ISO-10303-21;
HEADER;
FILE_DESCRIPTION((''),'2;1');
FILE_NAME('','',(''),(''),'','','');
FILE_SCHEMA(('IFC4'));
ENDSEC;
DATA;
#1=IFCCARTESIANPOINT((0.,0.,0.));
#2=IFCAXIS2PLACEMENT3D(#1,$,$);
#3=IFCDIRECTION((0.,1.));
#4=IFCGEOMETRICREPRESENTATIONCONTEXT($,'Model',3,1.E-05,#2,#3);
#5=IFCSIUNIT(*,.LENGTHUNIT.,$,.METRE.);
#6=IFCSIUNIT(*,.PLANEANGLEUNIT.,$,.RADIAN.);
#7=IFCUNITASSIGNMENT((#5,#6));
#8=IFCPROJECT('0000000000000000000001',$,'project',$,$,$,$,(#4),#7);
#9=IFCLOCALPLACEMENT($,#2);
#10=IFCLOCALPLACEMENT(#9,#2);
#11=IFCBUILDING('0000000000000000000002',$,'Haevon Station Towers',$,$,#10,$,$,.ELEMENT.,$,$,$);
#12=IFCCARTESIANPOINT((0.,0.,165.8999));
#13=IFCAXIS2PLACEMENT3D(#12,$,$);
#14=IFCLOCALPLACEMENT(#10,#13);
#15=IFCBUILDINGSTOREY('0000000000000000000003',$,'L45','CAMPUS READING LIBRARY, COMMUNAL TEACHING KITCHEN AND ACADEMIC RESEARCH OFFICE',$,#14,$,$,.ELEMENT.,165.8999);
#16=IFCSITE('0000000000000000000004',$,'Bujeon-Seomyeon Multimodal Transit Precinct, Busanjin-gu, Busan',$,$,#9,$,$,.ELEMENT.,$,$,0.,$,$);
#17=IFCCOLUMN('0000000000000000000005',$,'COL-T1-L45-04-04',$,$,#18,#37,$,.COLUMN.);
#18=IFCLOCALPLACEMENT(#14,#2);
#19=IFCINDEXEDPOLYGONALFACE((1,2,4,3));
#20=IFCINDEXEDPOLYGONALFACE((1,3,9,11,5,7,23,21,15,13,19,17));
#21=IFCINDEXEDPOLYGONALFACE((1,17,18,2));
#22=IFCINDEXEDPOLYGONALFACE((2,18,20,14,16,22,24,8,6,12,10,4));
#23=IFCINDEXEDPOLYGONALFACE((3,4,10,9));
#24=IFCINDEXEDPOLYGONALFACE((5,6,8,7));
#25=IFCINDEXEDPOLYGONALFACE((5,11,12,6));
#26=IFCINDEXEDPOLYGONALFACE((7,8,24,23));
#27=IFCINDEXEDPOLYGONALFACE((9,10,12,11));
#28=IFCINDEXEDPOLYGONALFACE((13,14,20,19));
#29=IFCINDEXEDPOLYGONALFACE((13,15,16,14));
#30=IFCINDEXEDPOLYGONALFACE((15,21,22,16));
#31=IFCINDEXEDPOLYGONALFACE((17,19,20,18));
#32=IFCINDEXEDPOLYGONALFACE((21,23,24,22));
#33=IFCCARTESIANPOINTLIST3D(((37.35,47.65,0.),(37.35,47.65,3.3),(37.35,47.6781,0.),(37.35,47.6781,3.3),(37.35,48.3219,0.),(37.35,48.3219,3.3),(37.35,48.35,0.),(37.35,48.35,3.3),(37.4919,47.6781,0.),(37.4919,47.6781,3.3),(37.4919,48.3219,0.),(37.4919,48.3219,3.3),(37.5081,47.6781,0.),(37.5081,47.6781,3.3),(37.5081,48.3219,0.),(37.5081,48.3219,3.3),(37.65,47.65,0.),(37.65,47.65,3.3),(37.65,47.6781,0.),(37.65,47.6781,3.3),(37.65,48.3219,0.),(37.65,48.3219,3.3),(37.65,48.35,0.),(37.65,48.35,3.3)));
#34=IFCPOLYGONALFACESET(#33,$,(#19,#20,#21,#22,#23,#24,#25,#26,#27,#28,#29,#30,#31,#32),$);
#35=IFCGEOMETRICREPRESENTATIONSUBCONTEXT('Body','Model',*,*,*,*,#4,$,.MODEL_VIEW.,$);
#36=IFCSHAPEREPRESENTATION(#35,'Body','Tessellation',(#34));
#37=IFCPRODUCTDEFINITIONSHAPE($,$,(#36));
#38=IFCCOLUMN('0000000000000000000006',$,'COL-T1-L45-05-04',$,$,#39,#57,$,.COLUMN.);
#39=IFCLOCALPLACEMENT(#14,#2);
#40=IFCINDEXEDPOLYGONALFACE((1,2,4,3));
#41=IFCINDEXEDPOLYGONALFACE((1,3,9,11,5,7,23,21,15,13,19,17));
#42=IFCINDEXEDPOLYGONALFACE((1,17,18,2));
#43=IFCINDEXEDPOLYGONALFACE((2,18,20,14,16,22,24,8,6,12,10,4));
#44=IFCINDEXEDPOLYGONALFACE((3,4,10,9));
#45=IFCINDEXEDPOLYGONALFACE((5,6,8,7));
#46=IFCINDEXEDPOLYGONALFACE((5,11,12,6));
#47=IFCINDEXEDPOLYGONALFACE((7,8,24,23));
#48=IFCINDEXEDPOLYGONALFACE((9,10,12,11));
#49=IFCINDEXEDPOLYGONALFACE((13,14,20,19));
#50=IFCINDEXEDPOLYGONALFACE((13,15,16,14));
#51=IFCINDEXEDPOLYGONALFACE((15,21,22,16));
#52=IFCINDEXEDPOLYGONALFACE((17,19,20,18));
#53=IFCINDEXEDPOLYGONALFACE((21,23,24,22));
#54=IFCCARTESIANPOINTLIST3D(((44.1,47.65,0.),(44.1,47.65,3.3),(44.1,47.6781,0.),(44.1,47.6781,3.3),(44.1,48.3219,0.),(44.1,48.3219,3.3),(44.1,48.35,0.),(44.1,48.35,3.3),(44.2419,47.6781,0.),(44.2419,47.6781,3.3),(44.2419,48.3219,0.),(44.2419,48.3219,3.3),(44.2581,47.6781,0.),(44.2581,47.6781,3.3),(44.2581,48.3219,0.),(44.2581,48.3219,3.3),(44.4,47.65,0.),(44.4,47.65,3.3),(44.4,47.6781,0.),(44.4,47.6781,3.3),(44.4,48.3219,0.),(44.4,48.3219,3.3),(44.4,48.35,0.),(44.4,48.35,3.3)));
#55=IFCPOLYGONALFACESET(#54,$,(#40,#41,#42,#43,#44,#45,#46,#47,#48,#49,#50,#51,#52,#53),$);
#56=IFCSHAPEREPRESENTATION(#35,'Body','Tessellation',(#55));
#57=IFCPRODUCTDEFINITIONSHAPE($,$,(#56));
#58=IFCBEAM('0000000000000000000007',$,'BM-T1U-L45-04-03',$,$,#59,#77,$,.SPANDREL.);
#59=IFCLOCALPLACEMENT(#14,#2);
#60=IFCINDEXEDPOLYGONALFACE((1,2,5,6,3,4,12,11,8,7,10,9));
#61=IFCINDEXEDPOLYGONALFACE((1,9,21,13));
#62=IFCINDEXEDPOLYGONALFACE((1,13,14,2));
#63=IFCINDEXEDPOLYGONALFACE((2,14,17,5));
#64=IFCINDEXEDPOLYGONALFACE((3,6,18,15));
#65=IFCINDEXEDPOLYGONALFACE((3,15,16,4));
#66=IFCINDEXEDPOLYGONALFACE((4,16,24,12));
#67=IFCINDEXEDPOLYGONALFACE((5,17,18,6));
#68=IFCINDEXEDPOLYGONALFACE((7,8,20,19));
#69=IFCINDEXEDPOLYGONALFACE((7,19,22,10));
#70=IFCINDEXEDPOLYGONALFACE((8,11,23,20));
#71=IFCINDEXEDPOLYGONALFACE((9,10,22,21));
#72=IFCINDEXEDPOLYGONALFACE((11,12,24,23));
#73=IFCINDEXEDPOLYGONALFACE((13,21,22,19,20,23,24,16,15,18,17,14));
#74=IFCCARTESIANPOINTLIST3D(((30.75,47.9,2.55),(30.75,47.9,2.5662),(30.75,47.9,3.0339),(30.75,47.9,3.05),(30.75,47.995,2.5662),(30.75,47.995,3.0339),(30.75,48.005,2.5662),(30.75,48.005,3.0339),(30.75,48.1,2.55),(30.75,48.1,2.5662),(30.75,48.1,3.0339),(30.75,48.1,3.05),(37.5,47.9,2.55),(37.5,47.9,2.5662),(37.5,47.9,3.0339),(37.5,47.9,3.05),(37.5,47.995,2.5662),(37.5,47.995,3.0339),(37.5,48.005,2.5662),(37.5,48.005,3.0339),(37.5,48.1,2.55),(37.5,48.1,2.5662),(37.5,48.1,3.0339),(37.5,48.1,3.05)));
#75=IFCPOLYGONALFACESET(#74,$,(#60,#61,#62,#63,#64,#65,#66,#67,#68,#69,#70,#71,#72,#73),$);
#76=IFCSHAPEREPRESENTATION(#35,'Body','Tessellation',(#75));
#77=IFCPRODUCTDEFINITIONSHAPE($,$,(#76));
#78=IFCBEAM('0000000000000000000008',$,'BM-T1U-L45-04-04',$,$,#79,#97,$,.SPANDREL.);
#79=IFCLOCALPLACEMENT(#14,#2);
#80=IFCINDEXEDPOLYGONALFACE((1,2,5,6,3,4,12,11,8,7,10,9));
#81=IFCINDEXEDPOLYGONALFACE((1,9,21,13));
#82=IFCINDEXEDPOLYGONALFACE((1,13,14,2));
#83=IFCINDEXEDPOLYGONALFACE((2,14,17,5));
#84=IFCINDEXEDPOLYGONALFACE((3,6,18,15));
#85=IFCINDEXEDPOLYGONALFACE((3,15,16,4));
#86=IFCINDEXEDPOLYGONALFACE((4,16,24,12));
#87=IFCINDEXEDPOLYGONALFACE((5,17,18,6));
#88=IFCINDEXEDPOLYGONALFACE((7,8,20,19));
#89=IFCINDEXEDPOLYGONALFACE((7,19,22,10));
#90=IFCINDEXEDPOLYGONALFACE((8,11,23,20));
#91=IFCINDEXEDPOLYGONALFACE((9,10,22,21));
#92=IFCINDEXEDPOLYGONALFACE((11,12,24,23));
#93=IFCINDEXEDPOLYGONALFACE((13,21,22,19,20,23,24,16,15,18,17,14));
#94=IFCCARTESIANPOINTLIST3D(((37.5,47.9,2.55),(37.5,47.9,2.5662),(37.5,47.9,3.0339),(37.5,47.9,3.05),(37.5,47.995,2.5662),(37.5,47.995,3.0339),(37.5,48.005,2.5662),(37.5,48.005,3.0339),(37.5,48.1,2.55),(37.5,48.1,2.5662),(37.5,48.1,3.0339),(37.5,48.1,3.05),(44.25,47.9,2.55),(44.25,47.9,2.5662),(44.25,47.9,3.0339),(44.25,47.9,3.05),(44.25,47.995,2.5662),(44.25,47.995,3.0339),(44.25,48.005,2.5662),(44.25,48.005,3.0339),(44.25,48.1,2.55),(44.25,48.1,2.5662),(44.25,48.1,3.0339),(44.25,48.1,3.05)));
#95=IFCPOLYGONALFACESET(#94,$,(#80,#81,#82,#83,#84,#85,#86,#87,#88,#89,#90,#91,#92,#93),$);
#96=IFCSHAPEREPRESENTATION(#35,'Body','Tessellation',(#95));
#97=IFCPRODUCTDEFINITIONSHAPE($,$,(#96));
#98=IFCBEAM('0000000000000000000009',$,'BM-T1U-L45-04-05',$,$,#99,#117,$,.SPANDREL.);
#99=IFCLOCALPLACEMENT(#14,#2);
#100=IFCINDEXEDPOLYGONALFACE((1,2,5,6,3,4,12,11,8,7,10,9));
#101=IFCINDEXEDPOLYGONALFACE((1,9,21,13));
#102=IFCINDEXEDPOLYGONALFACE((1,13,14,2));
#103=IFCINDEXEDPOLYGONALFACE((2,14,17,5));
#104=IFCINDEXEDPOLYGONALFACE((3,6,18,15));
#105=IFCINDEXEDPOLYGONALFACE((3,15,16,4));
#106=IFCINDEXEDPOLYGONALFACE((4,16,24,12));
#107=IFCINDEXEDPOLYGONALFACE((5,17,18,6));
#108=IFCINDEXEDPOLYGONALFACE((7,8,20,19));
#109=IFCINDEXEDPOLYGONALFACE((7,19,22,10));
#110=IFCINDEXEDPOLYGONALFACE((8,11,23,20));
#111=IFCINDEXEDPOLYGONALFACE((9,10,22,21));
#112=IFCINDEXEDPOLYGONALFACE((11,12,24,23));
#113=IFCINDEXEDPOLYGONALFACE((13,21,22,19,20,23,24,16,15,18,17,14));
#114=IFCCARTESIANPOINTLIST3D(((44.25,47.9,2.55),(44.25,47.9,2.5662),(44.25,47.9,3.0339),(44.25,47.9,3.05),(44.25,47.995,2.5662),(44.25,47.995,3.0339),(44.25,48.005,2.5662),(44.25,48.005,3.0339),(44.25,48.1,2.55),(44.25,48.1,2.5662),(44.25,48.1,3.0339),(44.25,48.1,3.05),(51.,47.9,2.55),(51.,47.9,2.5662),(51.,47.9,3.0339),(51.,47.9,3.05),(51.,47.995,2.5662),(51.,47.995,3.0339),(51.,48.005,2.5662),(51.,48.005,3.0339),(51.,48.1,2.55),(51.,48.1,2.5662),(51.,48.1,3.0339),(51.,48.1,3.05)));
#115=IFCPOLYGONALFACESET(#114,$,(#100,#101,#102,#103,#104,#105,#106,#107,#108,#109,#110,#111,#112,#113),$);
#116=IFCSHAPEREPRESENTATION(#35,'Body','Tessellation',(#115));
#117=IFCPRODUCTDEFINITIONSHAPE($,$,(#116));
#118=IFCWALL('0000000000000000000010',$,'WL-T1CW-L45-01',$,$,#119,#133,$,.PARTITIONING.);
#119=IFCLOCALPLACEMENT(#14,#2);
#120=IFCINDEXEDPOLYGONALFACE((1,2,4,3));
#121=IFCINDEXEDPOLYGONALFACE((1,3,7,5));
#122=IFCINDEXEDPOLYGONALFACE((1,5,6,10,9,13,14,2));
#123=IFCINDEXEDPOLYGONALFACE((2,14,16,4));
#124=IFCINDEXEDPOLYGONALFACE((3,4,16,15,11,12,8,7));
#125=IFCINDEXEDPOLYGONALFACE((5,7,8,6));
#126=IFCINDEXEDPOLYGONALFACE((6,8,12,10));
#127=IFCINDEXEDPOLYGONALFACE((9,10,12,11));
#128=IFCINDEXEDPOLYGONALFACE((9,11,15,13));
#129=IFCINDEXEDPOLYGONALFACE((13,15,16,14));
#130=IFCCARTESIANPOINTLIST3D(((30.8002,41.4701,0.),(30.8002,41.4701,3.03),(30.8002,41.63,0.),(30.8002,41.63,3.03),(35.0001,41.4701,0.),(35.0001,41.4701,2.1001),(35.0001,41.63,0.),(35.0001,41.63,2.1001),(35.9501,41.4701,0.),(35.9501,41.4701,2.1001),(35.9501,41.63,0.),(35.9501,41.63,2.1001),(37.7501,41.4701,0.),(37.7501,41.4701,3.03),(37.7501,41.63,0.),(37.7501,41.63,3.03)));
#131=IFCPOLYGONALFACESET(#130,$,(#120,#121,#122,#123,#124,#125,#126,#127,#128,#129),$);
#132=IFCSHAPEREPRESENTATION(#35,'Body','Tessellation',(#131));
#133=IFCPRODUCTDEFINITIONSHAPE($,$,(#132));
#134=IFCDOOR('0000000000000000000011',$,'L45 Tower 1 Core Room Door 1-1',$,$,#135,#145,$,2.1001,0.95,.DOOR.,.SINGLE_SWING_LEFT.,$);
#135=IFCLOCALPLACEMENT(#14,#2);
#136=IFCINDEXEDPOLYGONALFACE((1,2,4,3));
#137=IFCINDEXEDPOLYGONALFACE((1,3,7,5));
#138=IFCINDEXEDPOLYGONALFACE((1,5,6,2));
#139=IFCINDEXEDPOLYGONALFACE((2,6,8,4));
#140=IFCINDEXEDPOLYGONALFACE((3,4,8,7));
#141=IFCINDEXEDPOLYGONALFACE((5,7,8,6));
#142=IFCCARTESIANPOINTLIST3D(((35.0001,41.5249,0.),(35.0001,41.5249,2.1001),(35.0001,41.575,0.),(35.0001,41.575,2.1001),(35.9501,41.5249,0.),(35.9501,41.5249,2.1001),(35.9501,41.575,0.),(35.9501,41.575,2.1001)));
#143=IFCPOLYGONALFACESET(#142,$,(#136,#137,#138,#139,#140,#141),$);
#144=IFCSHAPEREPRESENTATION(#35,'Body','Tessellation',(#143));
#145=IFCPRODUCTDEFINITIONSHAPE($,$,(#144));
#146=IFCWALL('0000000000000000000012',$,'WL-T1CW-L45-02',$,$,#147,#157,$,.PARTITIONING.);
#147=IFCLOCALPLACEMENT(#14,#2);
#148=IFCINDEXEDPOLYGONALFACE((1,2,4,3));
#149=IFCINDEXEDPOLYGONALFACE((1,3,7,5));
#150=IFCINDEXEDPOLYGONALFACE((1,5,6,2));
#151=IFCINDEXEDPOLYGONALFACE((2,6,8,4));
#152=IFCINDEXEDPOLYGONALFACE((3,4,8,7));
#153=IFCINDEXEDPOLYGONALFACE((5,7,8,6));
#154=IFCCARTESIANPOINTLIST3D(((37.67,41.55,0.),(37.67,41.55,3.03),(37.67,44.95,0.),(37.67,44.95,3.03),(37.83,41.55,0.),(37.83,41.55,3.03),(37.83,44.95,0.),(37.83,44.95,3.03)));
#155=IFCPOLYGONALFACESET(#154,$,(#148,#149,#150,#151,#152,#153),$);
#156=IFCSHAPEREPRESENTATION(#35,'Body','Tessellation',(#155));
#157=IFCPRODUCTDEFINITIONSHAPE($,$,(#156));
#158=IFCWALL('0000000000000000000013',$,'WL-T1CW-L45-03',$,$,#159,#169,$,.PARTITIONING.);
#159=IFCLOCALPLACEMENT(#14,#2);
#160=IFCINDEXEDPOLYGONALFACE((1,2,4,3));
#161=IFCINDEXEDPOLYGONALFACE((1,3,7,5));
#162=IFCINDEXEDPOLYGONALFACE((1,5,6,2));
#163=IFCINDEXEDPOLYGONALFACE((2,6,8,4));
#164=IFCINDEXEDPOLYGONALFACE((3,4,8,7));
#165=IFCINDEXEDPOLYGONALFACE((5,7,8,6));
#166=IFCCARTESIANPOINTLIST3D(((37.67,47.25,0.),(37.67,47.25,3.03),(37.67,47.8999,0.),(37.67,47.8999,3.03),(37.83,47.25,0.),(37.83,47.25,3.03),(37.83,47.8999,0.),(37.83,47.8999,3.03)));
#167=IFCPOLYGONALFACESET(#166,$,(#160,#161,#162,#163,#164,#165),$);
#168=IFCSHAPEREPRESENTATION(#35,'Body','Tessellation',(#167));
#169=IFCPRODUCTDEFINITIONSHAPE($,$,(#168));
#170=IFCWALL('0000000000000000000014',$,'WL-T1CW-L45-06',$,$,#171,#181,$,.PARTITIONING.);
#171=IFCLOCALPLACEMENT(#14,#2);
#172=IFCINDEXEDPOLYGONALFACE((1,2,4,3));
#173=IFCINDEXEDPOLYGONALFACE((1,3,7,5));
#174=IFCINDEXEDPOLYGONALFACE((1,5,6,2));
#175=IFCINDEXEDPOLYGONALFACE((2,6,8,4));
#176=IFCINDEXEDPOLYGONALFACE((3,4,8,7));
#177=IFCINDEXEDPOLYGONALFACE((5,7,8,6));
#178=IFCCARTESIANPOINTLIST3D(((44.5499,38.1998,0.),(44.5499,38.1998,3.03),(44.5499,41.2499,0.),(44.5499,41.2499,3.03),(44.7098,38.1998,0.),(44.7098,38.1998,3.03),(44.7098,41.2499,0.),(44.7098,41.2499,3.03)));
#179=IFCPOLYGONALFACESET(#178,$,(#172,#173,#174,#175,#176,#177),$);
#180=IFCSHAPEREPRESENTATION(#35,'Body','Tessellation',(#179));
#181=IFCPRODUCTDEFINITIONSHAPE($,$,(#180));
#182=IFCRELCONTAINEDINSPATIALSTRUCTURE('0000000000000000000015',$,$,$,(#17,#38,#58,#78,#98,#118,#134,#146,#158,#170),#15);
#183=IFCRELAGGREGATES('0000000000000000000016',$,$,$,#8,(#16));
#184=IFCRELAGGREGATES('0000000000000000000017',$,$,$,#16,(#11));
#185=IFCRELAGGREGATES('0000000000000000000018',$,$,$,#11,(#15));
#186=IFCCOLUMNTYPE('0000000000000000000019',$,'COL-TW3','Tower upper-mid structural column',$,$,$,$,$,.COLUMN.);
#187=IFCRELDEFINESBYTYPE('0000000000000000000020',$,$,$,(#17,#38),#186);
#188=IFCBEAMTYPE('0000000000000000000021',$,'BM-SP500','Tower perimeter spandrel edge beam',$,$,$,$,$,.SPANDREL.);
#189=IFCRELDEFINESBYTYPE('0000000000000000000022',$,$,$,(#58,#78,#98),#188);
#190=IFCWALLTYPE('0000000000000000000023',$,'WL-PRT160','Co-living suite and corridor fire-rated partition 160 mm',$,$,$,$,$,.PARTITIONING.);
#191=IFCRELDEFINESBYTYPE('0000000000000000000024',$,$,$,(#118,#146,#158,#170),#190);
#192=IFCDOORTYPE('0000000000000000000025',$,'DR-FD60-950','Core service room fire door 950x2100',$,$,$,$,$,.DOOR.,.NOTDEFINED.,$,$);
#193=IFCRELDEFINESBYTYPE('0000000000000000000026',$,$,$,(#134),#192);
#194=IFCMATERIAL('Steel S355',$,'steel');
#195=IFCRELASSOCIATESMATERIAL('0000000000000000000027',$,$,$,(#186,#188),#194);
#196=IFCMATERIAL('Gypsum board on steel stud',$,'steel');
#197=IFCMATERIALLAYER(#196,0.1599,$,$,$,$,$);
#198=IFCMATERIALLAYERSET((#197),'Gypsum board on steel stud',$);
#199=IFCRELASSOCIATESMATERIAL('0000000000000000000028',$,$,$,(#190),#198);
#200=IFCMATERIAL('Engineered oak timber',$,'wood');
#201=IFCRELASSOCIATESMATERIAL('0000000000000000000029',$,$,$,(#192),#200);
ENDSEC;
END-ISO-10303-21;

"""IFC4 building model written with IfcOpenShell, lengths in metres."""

from ifc_helpers import new_model, si_unit, direction, frame, frame_2d, origin, origin_2d, place, context, subcontext, project, spatial, rectangle, i_section, extrude, material, layer, layer_set, material_profile, profile_set, type_object, element, fill, save


model = new_model("IFC4")

# Units and contexts
model_context = context("Model", 3, precision=1e-05, world=origin(), true_north=direction((0.0, 1.0)))
body_context = subcontext(model_context, "Body", "Model", "MODEL_VIEW")
ifc_project = project(units=[si_unit("LENGTHUNIT", "METRE"), si_unit("PLANEANGLEUNIT", "RADIAN")], contexts=[model_context])

# Site, building, storey
site_placement = place(None, origin())
site = spatial("IfcSite", under=ifc_project, at=site_placement, Name="Bujeon-Seomyeon Multimodal Transit Precinct, Busanjin-gu, Busan", CompositionType="ELEMENT", RefElevation=0.0)
building_placement = place(site_placement, origin())
building = spatial("IfcBuilding", under=site, at=building_placement, Name="Haevon Station Towers", CompositionType="ELEMENT")
storey_placement = place(building_placement, frame((0.0, 0.0, 165.8999)))
storey = spatial("IfcBuildingStorey", under=building, at=storey_placement, Name="L45", Description="CAMPUS READING LIBRARY, COMMUNAL TEACHING KITCHEN AND ACADEMIC RESEARCH OFFICE", CompositionType="ELEMENT", Elevation=165.8999)

# Columns
ifc_material_1 = material(Name="Steel S355", Category="steel")
ifc_material_profile_1 = material_profile(ifc_material_1, i_section(OverallWidth=0.3, OverallDepth=0.7, WebThickness=0.0161, FlangeThickness=0.0281, at=origin_2d()), Name="H-700x300x16x28")
ifc_profile_set_1 = profile_set([ifc_material_profile_1], Name="Steel S355")
column_type = type_object("IfcColumnType", Name="COL-TW3", Description="Tower upper-mid structural column", PredefinedType="COLUMN", material=ifc_profile_set_1)
for number, where, z_axis, x_axis, name in (
    (1, (37.5, 48.0, 0.0), (0.0, 0.0, 1.0), (1.0, 0.0, 0.0), "COL-T1-L45-04-04"),
    (2, (44.25, 48.0, 0.0), (0.0, 0.0, 1.0), (1.0, 0.0, 0.0), "COL-T1-L45-05-04"),
):
    element("IfcColumn", number, at=place(storey_placement, frame(where, z_axis=z_axis, x_axis=x_axis)), inside=storey, type_object=column_type, Name=name, PredefinedType="COLUMN", context=body_context, shape_type="SweptSolid", body=[
        extrude(i_section(OverallWidth=0.3, OverallDepth=0.7, WebThickness=0.0161, FlangeThickness=0.0281, at=origin_2d()), origin(), (0.0, 0.0, 1.0), 3.3),
    ])

# Beams
ifc_material_profile_2 = material_profile(ifc_material_1, i_section(OverallWidth=0.2, OverallDepth=0.5, WebThickness=0.01, FlangeThickness=0.0161, at=origin_2d()), Name="H-500x200x10x16")
ifc_profile_set_2 = profile_set([ifc_material_profile_2], Name="Steel S355")
beam_type = type_object("IfcBeamType", Name="BM-SP500", Description="Tower perimeter spandrel edge beam", PredefinedType="SPANDREL", material=ifc_profile_set_2)
for number, where, z_axis, x_axis, name in (
    (3, (30.75, 48.0, 2.8), (1.0, 0.0, 0.0), (0.0, 1.0, 0.0), "BM-T1U-L45-04-03"),
    (4, (37.5, 48.0, 2.8), (1.0, 0.0, 0.0), (0.0, 1.0, 0.0), "BM-T1U-L45-04-04"),
    (5, (44.25, 48.0, 2.8), (1.0, 0.0, 0.0), (0.0, 1.0, 0.0), "BM-T1U-L45-04-05"),
):
    element("IfcBeam", number, at=place(storey_placement, frame(where, z_axis=z_axis, x_axis=x_axis)), inside=storey, type_object=beam_type, Name=name, PredefinedType="SPANDREL", context=body_context, shape_type="SweptSolid", body=[
        extrude(i_section(OverallWidth=0.2, OverallDepth=0.5, WebThickness=0.01, FlangeThickness=0.0161, at=origin_2d()), origin(), (0.0, 0.0, 1.0), 6.75),
    ])

# Wall, opening, door
ifc_material_2 = material(Name="Gypsum board on steel stud", Category="steel")
ifc_layer_1 = layer(ifc_material_2, 0.1599)
ifc_layer_set_1 = layer_set([ifc_layer_1], Name="Gypsum board on steel stud")
wall_type_1 = type_object("IfcWallType", Name="WL-PRT160", Description="Co-living suite and corridor fire-rated partition 160 mm", PredefinedType="PARTITIONING", material=ifc_layer_set_1)
wall_1_placement = place(storey_placement, frame((30.8, 41.55, 0.0), z_axis=(0.0, 0.0, 1.0), x_axis=(1.0, 0.0, 0.0)))
wall_1 = element("IfcWall", 6, at=wall_1_placement, inside=storey, type_object=wall_type_1, Name="WL-T1CW-L45-01", PredefinedType="PARTITIONING", context=body_context, shape_type="SweptSolid", body=[
    extrude(rectangle(XDim=6.95, YDim=0.1599, at=frame_2d((3.4751, 0.0))), origin(), (0.0, 0.0, 1.0), 3.03),
])
opening_1_placement = place(wall_1_placement, frame((4.2, 0.0, 0.0)))
opening_1 = element("IfcOpeningElement", 7, at=opening_1_placement, cuts=wall_1, PredefinedType="OPENING", context=body_context, shape_type="SweptSolid", body=[
    extrude(rectangle(XDim=0.95, YDim=2.1001, at=frame_2d((0.4751, 1.05))), frame((0.0, 0.0898, 0.0), z_axis=(0.0, -1.0, 0.0), x_axis=(1.0, 0.0, 0.0)), (0.0, 0.0, 1.0), 0.1799),
])
ifc_material_3 = material(Name="Engineered oak timber", Category="wood")
door_type_1 = type_object("IfcDoorType", Name="DR-FD60-950", Description="Core service room fire door 950x2100", OperationType="NOTDEFINED", PredefinedType="DOOR", material=ifc_material_3)
door_1_placement = place(opening_1_placement, origin())
door_1 = element("IfcDoor", 8, at=door_1_placement, inside=storey, type_object=door_type_1, Name="L45 Tower 1 Core Room Door 1-1", OperationType="SINGLE_SWING_LEFT", OverallHeight=2.1001, OverallWidth=0.95, PredefinedType="DOOR", context=body_context, shape_type="SweptSolid", body=[
    extrude(rectangle(XDim=0.95, YDim=2.1001, at=frame_2d((0.4751, 1.05))), frame((0.0, 0.0249, 0.0), z_axis=(0.0, -1.0, 0.0), x_axis=(1.0, 0.0, 0.0)), (0.0, 0.0, 1.0), 0.05),
])
fill(opening_1, door_1)

# Walls
wall_2_placement = place(storey_placement, frame((37.75, 41.55, 0.0), z_axis=(0.0, 0.0, 1.0), x_axis=(0.0, 1.0, 0.0)))
element("IfcWall", 9, at=wall_2_placement, inside=storey, type_object=wall_type_1, Name="WL-T1CW-L45-02", PredefinedType="PARTITIONING", context=body_context, shape_type="SweptSolid", body=[
    extrude(rectangle(XDim=3.3999, YDim=0.1599, at=frame_2d((1.7, 0.0))), origin(), (0.0, 0.0, 1.0), 3.03),
])
wall_3_placement = place(storey_placement, frame((37.75, 47.25, 0.0), z_axis=(0.0, 0.0, 1.0), x_axis=(0.0, 1.0, 0.0)))
element("IfcWall", 10, at=wall_3_placement, inside=storey, type_object=wall_type_1, Name="WL-T1CW-L45-03", PredefinedType="PARTITIONING", context=body_context, shape_type="SweptSolid", body=[
    extrude(rectangle(XDim=0.6499, YDim=0.1599, at=frame_2d((0.325, 0.0))), origin(), (0.0, 0.0, 1.0), 3.03),
])
wall_4_placement = place(storey_placement, frame((44.6299, 38.2, 0.0), z_axis=(0.0, 0.0, 1.0), x_axis=(0.0, 1.0, 0.0)))
element("IfcWall", 11, at=wall_4_placement, inside=storey, type_object=wall_type_1, Name="WL-T1CW-L45-06", PredefinedType="PARTITIONING", context=body_context, shape_type="SweptSolid", body=[
    extrude(rectangle(XDim=3.05, YDim=0.1599, at=frame_2d((1.5249, 0.0))), origin(), (0.0, 0.0, 1.0), 3.03),
])

save(model, "model.ifc")
